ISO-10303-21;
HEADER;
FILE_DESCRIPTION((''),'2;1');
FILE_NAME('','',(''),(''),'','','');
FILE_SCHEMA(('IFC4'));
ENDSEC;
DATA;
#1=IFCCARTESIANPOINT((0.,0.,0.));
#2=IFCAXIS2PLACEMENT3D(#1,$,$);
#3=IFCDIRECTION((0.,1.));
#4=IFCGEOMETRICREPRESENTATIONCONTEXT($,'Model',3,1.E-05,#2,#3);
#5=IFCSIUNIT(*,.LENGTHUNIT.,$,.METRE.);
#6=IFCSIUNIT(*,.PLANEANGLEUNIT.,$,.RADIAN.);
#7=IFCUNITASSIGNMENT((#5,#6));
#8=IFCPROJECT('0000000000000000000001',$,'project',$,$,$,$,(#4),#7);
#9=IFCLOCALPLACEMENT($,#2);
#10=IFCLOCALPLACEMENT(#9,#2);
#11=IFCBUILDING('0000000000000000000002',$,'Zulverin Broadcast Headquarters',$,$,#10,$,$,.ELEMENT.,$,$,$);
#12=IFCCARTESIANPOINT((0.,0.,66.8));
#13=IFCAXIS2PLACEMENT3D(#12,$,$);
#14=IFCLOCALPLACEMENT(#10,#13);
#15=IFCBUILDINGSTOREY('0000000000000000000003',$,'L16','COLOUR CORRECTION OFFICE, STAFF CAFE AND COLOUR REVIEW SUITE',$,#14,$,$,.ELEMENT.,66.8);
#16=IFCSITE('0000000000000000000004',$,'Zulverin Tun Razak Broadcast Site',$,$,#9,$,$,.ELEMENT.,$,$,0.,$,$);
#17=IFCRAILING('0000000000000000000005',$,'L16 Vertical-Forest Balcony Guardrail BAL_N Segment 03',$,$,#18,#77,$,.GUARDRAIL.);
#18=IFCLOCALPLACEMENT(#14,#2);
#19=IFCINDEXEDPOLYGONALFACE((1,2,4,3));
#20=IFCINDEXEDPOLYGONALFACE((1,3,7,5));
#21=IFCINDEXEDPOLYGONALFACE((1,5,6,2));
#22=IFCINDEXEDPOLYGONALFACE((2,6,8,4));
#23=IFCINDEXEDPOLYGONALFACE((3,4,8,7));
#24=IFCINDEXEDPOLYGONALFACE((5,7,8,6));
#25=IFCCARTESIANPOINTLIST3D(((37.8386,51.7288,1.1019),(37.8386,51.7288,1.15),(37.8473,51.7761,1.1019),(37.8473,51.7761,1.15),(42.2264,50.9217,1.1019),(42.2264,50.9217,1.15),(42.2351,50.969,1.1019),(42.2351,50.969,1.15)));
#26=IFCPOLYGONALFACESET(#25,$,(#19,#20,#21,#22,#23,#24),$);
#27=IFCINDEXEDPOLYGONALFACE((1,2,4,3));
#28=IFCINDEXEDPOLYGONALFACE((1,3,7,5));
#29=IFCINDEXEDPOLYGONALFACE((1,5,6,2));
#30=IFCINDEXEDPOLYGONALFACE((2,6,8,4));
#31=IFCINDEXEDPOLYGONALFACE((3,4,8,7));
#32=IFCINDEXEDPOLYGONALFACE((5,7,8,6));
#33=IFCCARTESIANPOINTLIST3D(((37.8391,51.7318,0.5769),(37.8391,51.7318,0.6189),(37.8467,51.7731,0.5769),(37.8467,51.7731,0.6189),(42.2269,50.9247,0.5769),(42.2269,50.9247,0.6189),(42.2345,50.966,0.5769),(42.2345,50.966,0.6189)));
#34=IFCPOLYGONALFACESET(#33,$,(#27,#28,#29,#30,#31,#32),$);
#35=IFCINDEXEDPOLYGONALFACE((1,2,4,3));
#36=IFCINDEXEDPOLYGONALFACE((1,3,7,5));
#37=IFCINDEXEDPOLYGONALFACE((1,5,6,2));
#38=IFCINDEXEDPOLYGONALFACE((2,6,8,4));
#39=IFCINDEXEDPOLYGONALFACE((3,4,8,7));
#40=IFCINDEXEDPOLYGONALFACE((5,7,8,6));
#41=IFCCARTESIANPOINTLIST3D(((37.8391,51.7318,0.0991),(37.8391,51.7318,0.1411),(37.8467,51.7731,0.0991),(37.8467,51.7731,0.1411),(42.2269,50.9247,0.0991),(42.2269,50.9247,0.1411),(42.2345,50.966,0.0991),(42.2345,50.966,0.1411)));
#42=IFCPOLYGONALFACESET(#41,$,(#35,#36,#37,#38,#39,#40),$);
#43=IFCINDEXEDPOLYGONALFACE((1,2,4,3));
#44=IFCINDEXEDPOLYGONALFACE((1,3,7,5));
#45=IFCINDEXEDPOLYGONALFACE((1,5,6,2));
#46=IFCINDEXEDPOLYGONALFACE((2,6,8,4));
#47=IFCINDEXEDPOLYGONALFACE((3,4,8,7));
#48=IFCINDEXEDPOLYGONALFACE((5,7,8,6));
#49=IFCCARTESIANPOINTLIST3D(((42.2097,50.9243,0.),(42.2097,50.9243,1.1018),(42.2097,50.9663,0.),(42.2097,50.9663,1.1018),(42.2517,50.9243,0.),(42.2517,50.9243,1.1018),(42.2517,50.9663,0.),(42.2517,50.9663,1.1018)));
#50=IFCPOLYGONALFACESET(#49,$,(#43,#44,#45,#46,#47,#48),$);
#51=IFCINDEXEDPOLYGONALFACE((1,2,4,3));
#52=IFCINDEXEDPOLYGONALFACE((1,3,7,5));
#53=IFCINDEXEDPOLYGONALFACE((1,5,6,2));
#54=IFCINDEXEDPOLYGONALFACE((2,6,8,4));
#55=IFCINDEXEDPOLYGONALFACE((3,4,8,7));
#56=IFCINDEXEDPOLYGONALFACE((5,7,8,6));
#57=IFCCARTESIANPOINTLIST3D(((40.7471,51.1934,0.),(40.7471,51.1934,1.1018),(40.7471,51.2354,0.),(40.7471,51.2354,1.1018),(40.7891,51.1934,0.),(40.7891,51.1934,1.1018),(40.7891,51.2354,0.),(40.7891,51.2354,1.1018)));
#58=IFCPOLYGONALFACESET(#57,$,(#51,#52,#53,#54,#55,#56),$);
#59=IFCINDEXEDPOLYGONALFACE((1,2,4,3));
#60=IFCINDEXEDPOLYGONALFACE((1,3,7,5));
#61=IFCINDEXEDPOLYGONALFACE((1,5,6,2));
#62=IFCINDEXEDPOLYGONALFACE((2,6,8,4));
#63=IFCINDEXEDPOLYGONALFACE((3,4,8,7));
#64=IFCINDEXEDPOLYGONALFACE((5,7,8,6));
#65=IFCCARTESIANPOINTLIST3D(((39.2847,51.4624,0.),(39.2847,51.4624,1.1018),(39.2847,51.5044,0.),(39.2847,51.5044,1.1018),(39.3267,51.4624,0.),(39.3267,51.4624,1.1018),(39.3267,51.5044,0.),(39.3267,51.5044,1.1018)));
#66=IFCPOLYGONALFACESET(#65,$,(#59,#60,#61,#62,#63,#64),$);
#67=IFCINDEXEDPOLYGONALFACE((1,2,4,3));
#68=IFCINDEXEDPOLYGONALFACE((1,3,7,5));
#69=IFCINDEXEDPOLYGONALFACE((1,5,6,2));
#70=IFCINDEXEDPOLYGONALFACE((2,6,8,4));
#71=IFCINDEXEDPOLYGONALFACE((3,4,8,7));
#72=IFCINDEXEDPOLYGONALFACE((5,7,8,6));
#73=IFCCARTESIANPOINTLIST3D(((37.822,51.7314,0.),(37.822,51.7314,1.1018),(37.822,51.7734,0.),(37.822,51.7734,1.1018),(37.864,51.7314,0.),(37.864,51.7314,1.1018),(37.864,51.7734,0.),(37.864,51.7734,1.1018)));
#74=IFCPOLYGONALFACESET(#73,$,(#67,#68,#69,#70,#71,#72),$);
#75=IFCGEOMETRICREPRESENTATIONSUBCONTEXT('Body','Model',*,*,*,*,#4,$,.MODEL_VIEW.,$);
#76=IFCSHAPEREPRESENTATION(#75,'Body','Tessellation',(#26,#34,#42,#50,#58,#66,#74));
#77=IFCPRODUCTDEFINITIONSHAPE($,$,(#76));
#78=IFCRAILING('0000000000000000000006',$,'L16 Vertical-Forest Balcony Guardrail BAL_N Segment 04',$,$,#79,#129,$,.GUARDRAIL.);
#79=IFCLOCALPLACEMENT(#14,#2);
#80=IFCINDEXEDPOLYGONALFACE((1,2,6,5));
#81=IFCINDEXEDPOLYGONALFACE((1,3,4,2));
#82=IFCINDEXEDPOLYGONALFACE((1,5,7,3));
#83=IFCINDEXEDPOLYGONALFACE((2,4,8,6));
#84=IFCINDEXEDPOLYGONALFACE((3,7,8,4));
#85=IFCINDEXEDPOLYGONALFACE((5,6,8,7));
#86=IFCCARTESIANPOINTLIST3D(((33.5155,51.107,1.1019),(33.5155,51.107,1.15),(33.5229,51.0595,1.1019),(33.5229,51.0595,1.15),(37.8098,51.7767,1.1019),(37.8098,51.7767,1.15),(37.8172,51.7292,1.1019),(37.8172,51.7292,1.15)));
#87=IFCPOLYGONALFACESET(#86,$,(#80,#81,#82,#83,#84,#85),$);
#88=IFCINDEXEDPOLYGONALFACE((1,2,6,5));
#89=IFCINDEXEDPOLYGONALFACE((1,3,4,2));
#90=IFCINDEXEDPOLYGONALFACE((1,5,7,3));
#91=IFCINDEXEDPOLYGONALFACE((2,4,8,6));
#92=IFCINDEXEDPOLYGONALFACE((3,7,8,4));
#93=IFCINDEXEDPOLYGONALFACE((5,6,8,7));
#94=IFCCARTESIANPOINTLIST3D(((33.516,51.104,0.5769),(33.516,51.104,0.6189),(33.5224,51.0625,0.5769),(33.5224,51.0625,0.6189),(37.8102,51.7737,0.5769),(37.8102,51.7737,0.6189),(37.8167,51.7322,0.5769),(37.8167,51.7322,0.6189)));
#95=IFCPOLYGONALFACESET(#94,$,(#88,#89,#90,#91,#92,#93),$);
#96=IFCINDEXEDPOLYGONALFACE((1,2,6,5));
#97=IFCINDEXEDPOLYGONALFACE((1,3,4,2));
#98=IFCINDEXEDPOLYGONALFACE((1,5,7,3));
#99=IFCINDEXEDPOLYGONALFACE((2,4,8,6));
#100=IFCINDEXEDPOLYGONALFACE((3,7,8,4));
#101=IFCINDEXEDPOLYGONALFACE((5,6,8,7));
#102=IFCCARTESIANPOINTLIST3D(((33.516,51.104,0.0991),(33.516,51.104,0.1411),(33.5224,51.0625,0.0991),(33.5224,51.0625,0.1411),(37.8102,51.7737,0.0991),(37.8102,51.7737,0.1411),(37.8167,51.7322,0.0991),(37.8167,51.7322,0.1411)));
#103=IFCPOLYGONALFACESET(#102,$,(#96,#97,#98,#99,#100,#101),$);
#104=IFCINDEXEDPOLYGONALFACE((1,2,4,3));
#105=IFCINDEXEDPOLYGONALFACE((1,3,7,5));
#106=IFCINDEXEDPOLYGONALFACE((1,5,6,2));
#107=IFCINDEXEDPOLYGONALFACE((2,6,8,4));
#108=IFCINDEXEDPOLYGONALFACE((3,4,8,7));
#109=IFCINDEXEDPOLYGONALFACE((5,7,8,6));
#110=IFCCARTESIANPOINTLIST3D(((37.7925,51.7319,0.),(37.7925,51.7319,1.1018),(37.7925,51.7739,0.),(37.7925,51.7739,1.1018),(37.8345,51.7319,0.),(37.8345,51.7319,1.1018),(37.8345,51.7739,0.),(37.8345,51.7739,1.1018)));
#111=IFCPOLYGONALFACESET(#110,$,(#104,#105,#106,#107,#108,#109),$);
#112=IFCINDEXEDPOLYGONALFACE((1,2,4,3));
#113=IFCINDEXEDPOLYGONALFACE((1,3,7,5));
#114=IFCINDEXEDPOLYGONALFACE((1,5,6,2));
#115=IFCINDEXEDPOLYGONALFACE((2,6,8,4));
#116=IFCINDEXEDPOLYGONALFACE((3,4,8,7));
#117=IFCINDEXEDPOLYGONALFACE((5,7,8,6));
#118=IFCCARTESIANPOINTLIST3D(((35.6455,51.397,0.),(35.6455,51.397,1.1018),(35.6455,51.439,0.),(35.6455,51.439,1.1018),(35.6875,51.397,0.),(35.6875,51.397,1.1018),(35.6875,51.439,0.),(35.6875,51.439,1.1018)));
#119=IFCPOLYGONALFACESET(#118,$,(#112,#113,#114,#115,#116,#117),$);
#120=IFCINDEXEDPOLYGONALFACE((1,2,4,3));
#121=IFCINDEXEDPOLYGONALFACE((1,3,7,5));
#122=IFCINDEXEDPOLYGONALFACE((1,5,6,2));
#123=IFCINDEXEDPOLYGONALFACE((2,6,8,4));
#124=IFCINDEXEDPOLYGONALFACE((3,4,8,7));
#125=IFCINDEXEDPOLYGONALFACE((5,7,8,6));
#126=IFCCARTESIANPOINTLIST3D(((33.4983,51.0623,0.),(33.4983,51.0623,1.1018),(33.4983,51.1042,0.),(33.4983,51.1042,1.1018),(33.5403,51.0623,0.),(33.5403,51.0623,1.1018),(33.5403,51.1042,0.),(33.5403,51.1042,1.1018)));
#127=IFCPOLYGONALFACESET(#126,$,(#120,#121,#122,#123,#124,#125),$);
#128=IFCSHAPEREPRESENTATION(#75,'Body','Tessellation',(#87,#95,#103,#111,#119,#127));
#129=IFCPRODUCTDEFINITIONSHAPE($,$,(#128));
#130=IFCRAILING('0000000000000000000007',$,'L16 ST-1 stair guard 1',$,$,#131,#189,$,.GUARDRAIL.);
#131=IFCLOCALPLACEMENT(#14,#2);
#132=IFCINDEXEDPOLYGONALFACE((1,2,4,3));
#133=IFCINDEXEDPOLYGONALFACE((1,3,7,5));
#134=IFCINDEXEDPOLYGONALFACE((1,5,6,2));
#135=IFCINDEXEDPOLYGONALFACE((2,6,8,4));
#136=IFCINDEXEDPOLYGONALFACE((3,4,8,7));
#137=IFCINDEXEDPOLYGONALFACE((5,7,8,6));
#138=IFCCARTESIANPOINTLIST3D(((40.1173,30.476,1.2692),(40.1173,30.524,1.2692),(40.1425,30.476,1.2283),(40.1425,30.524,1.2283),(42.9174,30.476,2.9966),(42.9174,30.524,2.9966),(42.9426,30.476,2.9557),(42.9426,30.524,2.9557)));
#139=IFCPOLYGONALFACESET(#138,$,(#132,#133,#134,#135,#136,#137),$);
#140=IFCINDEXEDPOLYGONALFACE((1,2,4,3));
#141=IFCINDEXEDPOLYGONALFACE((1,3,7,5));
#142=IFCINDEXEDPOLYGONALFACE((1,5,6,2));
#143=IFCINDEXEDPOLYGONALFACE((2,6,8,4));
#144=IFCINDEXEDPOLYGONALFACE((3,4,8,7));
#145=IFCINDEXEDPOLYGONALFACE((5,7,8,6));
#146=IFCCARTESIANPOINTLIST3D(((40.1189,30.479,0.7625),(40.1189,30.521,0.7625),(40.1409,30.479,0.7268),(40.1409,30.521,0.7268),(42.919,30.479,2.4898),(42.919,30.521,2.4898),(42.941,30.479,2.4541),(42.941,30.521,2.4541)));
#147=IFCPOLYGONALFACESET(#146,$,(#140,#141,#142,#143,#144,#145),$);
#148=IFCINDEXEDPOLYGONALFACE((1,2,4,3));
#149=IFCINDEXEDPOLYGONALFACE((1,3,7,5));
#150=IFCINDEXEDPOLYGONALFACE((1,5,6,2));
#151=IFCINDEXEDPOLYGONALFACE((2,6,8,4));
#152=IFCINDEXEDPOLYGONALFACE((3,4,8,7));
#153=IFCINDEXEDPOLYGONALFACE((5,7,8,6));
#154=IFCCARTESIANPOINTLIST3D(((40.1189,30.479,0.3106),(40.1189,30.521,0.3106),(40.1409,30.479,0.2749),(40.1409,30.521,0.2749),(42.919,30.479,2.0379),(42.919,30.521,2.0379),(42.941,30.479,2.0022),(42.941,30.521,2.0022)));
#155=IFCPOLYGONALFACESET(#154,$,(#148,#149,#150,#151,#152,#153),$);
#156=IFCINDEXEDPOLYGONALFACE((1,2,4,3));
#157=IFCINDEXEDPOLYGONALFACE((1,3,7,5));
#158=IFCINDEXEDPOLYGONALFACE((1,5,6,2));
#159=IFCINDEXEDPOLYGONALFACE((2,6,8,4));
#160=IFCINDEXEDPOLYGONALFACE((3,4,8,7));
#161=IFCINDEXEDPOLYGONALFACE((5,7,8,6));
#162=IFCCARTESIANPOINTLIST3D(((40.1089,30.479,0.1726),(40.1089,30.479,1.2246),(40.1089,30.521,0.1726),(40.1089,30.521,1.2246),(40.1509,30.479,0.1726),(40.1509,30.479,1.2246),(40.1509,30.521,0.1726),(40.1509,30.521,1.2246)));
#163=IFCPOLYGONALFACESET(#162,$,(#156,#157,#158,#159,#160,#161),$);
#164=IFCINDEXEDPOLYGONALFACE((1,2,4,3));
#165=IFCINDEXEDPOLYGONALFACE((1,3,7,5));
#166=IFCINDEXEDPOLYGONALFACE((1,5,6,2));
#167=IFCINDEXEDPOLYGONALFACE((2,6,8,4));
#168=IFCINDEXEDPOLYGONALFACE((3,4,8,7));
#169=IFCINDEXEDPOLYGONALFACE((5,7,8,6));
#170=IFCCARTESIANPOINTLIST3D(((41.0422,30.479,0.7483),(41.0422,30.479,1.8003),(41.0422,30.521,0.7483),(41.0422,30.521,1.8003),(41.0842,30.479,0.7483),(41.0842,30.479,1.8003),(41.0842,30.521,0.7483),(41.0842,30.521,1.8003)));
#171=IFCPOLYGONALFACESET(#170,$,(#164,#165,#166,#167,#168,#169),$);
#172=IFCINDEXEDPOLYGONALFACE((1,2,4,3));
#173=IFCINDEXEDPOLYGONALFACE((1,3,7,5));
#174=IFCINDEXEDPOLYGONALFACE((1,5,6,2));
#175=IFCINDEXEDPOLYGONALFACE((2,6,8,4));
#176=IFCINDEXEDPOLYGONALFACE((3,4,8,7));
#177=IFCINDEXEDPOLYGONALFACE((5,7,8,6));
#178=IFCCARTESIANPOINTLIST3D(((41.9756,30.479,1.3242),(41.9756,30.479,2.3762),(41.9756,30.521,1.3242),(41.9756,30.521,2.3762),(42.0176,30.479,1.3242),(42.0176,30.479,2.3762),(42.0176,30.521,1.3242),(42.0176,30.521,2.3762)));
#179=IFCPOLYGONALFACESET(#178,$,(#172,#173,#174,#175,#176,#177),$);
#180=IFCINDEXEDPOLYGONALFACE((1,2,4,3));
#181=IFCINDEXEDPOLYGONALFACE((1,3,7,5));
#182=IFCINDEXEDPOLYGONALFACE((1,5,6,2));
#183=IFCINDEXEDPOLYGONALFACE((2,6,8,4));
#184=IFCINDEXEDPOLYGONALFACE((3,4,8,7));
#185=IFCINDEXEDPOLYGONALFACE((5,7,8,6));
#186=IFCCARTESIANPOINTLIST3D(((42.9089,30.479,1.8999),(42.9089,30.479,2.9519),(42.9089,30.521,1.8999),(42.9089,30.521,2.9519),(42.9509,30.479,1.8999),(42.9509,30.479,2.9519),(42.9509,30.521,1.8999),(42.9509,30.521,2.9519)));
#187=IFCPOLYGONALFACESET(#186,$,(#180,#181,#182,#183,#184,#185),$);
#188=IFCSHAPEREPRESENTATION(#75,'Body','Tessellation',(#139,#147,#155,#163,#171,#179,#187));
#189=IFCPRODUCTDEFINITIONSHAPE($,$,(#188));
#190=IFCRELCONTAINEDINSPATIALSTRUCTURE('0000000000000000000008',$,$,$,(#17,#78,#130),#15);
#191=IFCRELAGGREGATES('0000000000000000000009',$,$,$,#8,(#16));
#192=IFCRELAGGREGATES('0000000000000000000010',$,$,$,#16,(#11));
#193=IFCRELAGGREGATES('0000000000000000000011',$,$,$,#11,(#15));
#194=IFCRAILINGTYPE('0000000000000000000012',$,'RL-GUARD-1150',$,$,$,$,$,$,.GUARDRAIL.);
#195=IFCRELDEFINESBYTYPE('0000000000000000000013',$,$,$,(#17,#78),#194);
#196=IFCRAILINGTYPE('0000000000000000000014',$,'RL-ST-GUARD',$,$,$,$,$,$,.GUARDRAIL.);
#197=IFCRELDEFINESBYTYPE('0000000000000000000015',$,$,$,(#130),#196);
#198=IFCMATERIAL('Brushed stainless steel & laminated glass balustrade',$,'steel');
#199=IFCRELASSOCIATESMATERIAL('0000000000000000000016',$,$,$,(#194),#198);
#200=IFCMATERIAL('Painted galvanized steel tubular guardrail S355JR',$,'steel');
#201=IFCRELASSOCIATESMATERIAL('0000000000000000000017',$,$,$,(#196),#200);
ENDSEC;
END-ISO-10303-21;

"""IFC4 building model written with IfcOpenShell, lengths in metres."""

from ifc_helpers import new_model, si_unit, direction, frame, origin, origin_2d, place, context, subcontext, project, spatial, rectangle, extrude, material, type_object, element, save


model = new_model("IFC4")

# Units and contexts
model_context = context("Model", 3, precision=1e-05, world=origin(), true_north=direction((0.0, 1.0)))
body_context = subcontext(model_context, "Body", "Model", "MODEL_VIEW")
ifc_project = project(units=[si_unit("LENGTHUNIT", "METRE"), si_unit("PLANEANGLEUNIT", "RADIAN")], contexts=[model_context])

# Site, building, storey
site_placement = place(None, origin())
site = spatial("IfcSite", under=ifc_project, at=site_placement, Name="Zulverin Tun Razak Broadcast Site", CompositionType="ELEMENT", RefElevation=0.0)
building_placement = place(site_placement, origin())
building = spatial("IfcBuilding", under=site, at=building_placement, Name="Zulverin Broadcast Headquarters", CompositionType="ELEMENT")
storey_placement = place(building_placement, frame((0.0, 0.0, 66.8)))
storey = spatial("IfcBuildingStorey", under=building, at=storey_placement, Name="L16", Description="COLOUR CORRECTION OFFICE, STAFF CAFE AND COLOUR REVIEW SUITE", CompositionType="ELEMENT", Elevation=66.8)

# Railings
ifc_material_1 = material(Name="Brushed stainless steel & laminated glass balustrade", Category="steel")
railing_type_1 = type_object("IfcRailingType", Name="RL-GUARD-1150", PredefinedType="GUARDRAIL", material=ifc_material_1)
railing_1_placement = place(storey_placement, frame((42.2307, 50.9453, 0.0)))
element("IfcRailing", 1, at=railing_1_placement, inside=storey, type_object=railing_type_1, Name="L16 Vertical-Forest Balcony Guardrail BAL_N Segment 03", PredefinedType="GUARDRAIL", context=body_context, shape_type="SweptSolid", body=[
    extrude(rectangle(XDim=0.0481, YDim=0.0481, at=origin_2d()), frame((0.0, 0.0, 1.126), z_axis=(-0.983498, 0.180917, 0.0), x_axis=(-0.180917, -0.983498, 0.0)), (0.0, 0.0, 1.0), 4.4614),
    extrude(rectangle(XDim=0.042, YDim=0.042, at=origin_2d()), frame((0.0, 0.0, 0.5979), z_axis=(-0.983498, 0.180917, 0.0), x_axis=(-0.180917, -0.983498, 0.0)), (0.0, 0.0, 1.0), 4.4614),
    extrude(rectangle(XDim=0.042, YDim=0.042, at=origin_2d()), frame((0.0, 0.0, 0.1201), z_axis=(-0.983498, 0.180917, 0.0), x_axis=(-0.180917, -0.983498, 0.0)), (0.0, 0.0, 1.0), 4.4614),
    extrude(rectangle(XDim=0.042, YDim=0.042, at=origin_2d()), origin(), (0.0, 0.0, 1.0), 1.1018),
    extrude(rectangle(XDim=0.042, YDim=0.042, at=origin_2d()), frame((-1.4626, 0.269, 0.0)), (0.0, 0.0, 1.0), 1.1018),
    extrude(rectangle(XDim=0.042, YDim=0.042, at=origin_2d()), frame((-2.925, 0.5381, 0.0)), (0.0, 0.0, 1.0), 1.1018),
    extrude(rectangle(XDim=0.042, YDim=0.042, at=origin_2d()), frame((-4.3877, 0.8071, 0.0)), (0.0, 0.0, 1.0), 1.1018),
])
railing_2_placement = place(storey_placement, frame((37.8135, 51.7529, 0.0)))
element("IfcRailing", 2, at=railing_2_placement, inside=storey, type_object=railing_type_1, Name="L16 Vertical-Forest Balcony Guardrail BAL_N Segment 04", PredefinedType="GUARDRAIL", context=body_context, shape_type="SweptSolid", body=[
    extrude(rectangle(XDim=0.0481, YDim=0.0481, at=origin_2d()), frame((0.0, 0.0, 1.126), z_axis=(-0.988057, -0.154087, 0.0), x_axis=(0.154087, -0.988057, 0.0)), (0.0, 0.0, 1.0), 4.3462),
    extrude(rectangle(XDim=0.042, YDim=0.042, at=origin_2d()), frame((0.0, 0.0, 0.5979), z_axis=(-0.988057, -0.154087, 0.0), x_axis=(0.154087, -0.988057, 0.0)), (0.0, 0.0, 1.0), 4.3462),
    extrude(rectangle(XDim=0.042, YDim=0.042, at=origin_2d()), frame((0.0, 0.0, 0.1201), z_axis=(-0.988057, -0.154087, 0.0), x_axis=(0.154087, -0.988057, 0.0)), (0.0, 0.0, 1.0), 4.3462),
    extrude(rectangle(XDim=0.042, YDim=0.042, at=origin_2d()), origin(), (0.0, 0.0, 1.0), 1.1018),
    extrude(rectangle(XDim=0.042, YDim=0.042, at=origin_2d()), frame((-2.147, -0.335, 0.0)), (0.0, 0.0, 1.0), 1.1018),
    extrude(rectangle(XDim=0.042, YDim=0.042, at=origin_2d()), frame((-4.2942, -0.6697, 0.0)), (0.0, 0.0, 1.0), 1.1018),
])
ifc_material_2 = material(Name="Painted galvanized steel tubular guardrail S355JR", Category="steel")
railing_type_2 = type_object("IfcRailingType", Name="RL-ST-GUARD", PredefinedType="GUARDRAIL", material=ifc_material_2)
railing_3_placement = place(storey_placement, frame((40.1299, 30.5, 0.1726)))
element("IfcRailing", 3, at=railing_3_placement, inside=storey, type_object=railing_type_2, Name="L16 ST-1 stair guard 1", PredefinedType="GUARDRAIL", context=body_context, shape_type="SweptSolid", body=[
    extrude(rectangle(XDim=0.0481, YDim=0.0481, at=origin_2d()), frame((0.0, 0.0, 1.0762), z_axis=(0.85109, 0.0, 0.52502), x_axis=(0.0, 1.0, 0.0)), (0.0, 0.0, 1.0), 3.29),
    extrude(rectangle(XDim=0.042, YDim=0.042, at=origin_2d()), frame((0.0, 0.0, 0.572), z_axis=(0.85109, 0.0, 0.52502), x_axis=(0.0, 1.0, 0.0)), (0.0, 0.0, 1.0), 3.29),
    extrude(rectangle(XDim=0.042, YDim=0.042, at=origin_2d()), frame((0.0, 0.0, 0.1201), z_axis=(0.85109, 0.0, 0.52502), x_axis=(0.0, 1.0, 0.0)), (0.0, 0.0, 1.0), 3.29),
    extrude(rectangle(XDim=0.042, YDim=0.042, at=origin_2d()), origin(), (0.0, 0.0, 1.0), 1.052),
    extrude(rectangle(XDim=0.042, YDim=0.042, at=origin_2d()), frame((0.9333, 0.0, 0.5757)), (0.0, 0.0, 1.0), 1.052),
    extrude(rectangle(XDim=0.042, YDim=0.042, at=origin_2d()), frame((1.8667, 0.0, 1.1516)), (0.0, 0.0, 1.0), 1.052),
    extrude(rectangle(XDim=0.042, YDim=0.042, at=origin_2d()), frame((2.8, 0.0, 1.7273)), (0.0, 0.0, 1.0), 1.052),
])

save(model, "model.ifc")
